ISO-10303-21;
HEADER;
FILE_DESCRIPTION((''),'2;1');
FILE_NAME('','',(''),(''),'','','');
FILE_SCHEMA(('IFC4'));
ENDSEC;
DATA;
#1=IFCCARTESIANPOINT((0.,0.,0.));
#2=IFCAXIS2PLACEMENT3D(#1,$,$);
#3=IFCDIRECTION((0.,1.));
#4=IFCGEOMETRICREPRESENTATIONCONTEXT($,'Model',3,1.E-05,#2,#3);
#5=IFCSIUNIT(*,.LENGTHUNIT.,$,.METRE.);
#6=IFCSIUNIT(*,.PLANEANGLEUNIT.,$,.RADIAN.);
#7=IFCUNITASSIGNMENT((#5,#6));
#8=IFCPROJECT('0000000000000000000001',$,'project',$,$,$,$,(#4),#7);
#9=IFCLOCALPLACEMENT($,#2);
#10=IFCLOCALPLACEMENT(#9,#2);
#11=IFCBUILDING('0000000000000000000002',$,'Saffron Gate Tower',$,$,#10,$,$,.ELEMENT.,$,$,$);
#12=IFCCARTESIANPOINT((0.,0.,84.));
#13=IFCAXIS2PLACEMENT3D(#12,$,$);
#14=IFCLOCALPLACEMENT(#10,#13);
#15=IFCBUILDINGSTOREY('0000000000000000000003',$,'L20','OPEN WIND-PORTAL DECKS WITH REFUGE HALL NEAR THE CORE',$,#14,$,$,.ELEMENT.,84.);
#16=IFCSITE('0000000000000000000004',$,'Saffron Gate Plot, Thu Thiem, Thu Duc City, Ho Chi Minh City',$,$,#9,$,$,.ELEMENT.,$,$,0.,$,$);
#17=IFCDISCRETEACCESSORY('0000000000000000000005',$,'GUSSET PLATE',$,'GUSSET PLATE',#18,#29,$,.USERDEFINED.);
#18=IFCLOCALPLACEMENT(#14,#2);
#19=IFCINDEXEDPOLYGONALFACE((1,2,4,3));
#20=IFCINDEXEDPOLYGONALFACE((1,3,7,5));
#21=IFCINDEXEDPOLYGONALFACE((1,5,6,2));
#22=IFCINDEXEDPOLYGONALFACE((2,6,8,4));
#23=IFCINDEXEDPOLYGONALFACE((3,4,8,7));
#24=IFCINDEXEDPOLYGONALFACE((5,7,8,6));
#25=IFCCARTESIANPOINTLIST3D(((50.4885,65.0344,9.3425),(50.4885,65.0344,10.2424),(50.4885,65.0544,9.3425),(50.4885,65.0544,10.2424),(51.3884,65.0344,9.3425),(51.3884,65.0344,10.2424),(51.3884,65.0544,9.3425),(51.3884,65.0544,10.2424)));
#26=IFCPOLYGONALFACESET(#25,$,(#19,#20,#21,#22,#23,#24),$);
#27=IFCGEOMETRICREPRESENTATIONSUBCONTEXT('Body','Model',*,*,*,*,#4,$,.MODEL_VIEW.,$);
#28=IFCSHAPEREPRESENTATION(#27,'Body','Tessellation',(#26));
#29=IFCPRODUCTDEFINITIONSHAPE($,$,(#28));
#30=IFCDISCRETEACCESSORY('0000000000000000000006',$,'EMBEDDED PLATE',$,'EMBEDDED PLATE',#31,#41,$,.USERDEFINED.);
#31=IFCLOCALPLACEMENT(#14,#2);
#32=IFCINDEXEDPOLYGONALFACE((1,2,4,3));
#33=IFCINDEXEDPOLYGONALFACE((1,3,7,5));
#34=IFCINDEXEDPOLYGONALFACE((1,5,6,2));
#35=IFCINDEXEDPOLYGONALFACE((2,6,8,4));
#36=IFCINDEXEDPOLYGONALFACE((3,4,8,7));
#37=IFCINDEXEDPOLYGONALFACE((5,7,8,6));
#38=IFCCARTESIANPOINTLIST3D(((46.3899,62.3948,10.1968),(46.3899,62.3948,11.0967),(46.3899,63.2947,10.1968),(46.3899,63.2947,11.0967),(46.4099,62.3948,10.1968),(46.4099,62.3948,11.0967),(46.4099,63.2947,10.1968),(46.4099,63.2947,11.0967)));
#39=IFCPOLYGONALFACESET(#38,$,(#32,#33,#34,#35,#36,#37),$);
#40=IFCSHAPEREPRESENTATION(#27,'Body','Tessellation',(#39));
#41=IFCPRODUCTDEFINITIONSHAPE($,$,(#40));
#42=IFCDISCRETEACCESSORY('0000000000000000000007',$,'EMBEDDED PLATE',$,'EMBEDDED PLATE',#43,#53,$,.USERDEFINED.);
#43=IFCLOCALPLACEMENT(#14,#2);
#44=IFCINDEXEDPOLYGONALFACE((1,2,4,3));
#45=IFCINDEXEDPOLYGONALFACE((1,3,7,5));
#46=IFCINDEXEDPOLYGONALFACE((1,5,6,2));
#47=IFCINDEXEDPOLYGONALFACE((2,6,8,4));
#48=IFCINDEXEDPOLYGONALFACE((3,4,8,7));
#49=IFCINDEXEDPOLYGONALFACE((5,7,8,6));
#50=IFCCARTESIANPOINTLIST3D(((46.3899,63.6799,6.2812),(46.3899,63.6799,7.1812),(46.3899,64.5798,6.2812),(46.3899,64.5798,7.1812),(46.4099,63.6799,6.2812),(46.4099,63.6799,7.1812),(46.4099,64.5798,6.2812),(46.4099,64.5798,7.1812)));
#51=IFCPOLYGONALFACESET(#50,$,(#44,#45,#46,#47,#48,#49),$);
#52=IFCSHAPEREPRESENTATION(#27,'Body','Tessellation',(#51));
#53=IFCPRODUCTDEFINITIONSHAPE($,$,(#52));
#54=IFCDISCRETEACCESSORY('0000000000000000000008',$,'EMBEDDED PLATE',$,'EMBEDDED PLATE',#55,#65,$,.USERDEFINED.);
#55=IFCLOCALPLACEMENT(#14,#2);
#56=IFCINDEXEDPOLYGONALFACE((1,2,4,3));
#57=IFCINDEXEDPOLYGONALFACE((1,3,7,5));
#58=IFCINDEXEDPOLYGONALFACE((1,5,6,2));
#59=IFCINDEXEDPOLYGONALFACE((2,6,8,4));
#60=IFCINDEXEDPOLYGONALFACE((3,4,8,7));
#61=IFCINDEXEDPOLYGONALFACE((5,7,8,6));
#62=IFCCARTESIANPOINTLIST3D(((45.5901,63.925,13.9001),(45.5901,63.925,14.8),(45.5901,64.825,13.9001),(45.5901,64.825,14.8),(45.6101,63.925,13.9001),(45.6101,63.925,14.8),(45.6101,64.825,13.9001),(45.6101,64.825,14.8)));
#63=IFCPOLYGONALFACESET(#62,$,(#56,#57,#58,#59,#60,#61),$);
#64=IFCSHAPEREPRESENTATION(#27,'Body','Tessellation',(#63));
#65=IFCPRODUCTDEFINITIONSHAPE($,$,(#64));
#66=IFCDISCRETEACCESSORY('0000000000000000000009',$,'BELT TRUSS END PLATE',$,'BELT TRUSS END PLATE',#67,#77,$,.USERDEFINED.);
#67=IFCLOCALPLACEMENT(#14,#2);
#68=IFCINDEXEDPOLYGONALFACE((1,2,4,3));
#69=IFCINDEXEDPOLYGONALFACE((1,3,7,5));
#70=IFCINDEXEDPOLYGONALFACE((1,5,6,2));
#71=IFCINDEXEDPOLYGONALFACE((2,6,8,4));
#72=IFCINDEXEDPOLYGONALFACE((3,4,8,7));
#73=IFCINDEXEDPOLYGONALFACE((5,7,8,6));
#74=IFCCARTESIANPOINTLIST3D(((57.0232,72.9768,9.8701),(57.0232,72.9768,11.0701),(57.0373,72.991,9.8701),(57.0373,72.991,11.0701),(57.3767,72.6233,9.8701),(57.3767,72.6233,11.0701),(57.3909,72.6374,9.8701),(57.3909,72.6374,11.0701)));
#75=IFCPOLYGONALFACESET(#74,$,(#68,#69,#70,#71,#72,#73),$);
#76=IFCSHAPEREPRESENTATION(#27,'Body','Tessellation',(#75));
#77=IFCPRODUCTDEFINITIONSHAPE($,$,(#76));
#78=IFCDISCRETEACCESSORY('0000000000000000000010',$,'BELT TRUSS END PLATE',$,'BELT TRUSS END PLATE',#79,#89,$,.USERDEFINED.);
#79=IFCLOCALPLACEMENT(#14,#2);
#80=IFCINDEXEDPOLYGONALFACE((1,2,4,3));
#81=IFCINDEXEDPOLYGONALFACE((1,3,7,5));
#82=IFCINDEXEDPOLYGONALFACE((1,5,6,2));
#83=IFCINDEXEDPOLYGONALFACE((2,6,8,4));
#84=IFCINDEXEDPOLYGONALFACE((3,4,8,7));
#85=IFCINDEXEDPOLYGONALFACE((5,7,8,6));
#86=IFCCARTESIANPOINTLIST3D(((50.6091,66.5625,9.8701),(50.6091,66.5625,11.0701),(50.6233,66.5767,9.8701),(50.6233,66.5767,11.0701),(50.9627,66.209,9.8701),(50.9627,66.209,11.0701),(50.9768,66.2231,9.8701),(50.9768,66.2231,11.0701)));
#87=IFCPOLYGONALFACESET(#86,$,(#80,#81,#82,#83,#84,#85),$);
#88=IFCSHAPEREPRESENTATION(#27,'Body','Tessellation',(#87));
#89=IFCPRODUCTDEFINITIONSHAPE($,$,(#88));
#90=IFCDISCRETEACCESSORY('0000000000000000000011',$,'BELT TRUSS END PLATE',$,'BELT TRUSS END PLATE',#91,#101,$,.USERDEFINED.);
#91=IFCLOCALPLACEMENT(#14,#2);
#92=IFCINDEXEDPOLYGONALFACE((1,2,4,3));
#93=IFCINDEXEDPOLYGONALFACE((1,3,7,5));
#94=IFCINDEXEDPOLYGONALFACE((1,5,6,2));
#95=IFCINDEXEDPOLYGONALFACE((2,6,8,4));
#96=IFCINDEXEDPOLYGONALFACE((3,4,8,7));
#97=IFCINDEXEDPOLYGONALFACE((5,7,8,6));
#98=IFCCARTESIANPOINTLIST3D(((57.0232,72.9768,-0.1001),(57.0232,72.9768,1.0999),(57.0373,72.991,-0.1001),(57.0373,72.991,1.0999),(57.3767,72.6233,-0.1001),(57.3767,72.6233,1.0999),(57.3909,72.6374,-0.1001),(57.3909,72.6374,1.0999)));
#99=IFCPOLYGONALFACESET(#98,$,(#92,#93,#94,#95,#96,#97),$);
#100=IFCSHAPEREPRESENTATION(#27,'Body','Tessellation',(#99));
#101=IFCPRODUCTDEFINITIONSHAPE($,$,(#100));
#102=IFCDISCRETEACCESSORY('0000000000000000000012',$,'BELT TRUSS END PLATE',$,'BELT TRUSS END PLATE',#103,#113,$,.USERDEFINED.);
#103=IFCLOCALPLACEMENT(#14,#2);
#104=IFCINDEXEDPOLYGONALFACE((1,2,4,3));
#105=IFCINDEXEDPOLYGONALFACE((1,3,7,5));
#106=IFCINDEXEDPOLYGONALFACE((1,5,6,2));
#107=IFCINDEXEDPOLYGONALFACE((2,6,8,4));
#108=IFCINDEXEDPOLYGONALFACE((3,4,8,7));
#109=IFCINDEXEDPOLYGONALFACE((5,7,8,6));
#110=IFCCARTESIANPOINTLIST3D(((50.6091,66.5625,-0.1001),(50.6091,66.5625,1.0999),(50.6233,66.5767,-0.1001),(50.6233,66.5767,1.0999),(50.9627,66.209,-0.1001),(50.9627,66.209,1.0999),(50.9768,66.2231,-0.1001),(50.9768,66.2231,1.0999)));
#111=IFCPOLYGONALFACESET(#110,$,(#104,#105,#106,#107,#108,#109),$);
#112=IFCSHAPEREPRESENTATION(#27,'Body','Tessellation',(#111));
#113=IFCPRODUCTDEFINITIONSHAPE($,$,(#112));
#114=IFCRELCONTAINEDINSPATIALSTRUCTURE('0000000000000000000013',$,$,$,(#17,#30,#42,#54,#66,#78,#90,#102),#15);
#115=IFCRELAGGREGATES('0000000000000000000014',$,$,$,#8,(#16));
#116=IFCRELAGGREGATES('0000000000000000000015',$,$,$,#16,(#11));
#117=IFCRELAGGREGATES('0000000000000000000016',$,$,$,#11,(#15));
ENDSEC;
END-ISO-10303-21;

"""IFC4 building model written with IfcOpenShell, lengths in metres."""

from ifc_helpers import new_model, si_unit, direction, frame, origin, origin_2d, place, context, subcontext, project, spatial, rectangle, extrude, element, save


model = new_model("IFC4")

# Units and contexts
model_context = context("Model", 3, precision=1e-05, world=origin(), true_north=direction((0.0, 1.0)))
body_context = subcontext(model_context, "Body", "Model", "MODEL_VIEW")
ifc_project = project(units=[si_unit("LENGTHUNIT", "METRE"), si_unit("PLANEANGLEUNIT", "RADIAN")], contexts=[model_context])

# Site, building, storey
site_placement = place(None, origin())
site = spatial("IfcSite", under=ifc_project, at=site_placement, Name="Saffron Gate Plot, Thu Thiem, Thu Duc City, Ho Chi Minh City", CompositionType="ELEMENT", RefElevation=0.0)
building_placement = place(site_placement, origin())
building = spatial("IfcBuilding", under=site, at=building_placement, Name="Saffron Gate Tower", CompositionType="ELEMENT")
storey_placement = place(building_placement, frame((0.0, 0.0, 84.0)))
storey = spatial("IfcBuildingStorey", under=building, at=storey_placement, Name="L20", Description="OPEN WIND-PORTAL DECKS WITH REFUGE HALL NEAR THE CORE", CompositionType="ELEMENT", Elevation=84.0)

# Discrete accessories
for number, where, z_axis, x_axis, name in (
    (1, (50.9385, 65.0444, 9.3425), (0.0, 0.0, 1.0), (-1.0, 0.0, 0.0), "GUSSET PLATE"),
):
    element("IfcDiscreteAccessory", number, at=place(storey_placement, frame(where, z_axis=z_axis, x_axis=x_axis)), inside=storey, Name=name, ObjectType="GUSSET PLATE", PredefinedType="USERDEFINED", context=body_context, shape_type="SweptSolid", body=[
        extrude(rectangle(XDim=0.8999, YDim=0.02, at=origin_2d()), origin(), (0.0, 0.0, 1.0), 0.8999),
    ])
for number, where, z_axis, x_axis, name in (
    (2, (46.3999, 62.8447, 10.1968), (0.0, 0.0, 1.0), (0.0, 1.0, 0.0), "EMBEDDED PLATE"),
    (3, (46.3999, 64.1299, 6.2812), (0.0, 0.0, 1.0), (0.0, 1.0, 0.0), "EMBEDDED PLATE"),
    (4, (45.6001, 64.375, 13.9001), (0.0, 0.0, 1.0), (0.0, 1.0, 0.0), "EMBEDDED PLATE"),
):
    element("IfcDiscreteAccessory", number, at=place(storey_placement, frame(where, z_axis=z_axis, x_axis=x_axis)), inside=storey, Name=name, ObjectType="EMBEDDED PLATE", PredefinedType="USERDEFINED", context=body_context, shape_type="SweptSolid", body=[
        extrude(rectangle(XDim=0.8999, YDim=0.02, at=origin_2d()), origin(), (0.0, 0.0, 1.0), 0.8999),
    ])
for number, where, z_axis, x_axis, name in (
    (5, (57.207, 72.8071, 9.8701), (0.0, 0.0, 1.0), (0.707107, 0.707107, 0.0), "BELT TRUSS END PLATE"),
    (6, (50.793, 66.3928, 9.8701), (0.0, 0.0, 1.0), (-0.707107, -0.707107, 0.0), "BELT TRUSS END PLATE"),
    (7, (57.207, 72.8071, -0.1001), (0.0, 0.0, 1.0), (0.707107, 0.707107, 0.0), "BELT TRUSS END PLATE"),
    (8, (50.793, 66.3928, -0.1001), (0.0, 0.0, 1.0), (-0.707107, -0.707107, 0.0), "BELT TRUSS END PLATE"),
):
    element("IfcDiscreteAccessory", number, at=place(storey_placement, frame(where, z_axis=z_axis, x_axis=x_axis)), inside=storey, Name=name, ObjectType="BELT TRUSS END PLATE", PredefinedType="USERDEFINED", context=body_context, shape_type="SweptSolid", body=[
        extrude(rectangle(XDim=0.02, YDim=0.5, at=origin_2d()), origin(), (0.0, 0.0, 1.0), 1.2),
    ])

save(model, "model.ifc")
